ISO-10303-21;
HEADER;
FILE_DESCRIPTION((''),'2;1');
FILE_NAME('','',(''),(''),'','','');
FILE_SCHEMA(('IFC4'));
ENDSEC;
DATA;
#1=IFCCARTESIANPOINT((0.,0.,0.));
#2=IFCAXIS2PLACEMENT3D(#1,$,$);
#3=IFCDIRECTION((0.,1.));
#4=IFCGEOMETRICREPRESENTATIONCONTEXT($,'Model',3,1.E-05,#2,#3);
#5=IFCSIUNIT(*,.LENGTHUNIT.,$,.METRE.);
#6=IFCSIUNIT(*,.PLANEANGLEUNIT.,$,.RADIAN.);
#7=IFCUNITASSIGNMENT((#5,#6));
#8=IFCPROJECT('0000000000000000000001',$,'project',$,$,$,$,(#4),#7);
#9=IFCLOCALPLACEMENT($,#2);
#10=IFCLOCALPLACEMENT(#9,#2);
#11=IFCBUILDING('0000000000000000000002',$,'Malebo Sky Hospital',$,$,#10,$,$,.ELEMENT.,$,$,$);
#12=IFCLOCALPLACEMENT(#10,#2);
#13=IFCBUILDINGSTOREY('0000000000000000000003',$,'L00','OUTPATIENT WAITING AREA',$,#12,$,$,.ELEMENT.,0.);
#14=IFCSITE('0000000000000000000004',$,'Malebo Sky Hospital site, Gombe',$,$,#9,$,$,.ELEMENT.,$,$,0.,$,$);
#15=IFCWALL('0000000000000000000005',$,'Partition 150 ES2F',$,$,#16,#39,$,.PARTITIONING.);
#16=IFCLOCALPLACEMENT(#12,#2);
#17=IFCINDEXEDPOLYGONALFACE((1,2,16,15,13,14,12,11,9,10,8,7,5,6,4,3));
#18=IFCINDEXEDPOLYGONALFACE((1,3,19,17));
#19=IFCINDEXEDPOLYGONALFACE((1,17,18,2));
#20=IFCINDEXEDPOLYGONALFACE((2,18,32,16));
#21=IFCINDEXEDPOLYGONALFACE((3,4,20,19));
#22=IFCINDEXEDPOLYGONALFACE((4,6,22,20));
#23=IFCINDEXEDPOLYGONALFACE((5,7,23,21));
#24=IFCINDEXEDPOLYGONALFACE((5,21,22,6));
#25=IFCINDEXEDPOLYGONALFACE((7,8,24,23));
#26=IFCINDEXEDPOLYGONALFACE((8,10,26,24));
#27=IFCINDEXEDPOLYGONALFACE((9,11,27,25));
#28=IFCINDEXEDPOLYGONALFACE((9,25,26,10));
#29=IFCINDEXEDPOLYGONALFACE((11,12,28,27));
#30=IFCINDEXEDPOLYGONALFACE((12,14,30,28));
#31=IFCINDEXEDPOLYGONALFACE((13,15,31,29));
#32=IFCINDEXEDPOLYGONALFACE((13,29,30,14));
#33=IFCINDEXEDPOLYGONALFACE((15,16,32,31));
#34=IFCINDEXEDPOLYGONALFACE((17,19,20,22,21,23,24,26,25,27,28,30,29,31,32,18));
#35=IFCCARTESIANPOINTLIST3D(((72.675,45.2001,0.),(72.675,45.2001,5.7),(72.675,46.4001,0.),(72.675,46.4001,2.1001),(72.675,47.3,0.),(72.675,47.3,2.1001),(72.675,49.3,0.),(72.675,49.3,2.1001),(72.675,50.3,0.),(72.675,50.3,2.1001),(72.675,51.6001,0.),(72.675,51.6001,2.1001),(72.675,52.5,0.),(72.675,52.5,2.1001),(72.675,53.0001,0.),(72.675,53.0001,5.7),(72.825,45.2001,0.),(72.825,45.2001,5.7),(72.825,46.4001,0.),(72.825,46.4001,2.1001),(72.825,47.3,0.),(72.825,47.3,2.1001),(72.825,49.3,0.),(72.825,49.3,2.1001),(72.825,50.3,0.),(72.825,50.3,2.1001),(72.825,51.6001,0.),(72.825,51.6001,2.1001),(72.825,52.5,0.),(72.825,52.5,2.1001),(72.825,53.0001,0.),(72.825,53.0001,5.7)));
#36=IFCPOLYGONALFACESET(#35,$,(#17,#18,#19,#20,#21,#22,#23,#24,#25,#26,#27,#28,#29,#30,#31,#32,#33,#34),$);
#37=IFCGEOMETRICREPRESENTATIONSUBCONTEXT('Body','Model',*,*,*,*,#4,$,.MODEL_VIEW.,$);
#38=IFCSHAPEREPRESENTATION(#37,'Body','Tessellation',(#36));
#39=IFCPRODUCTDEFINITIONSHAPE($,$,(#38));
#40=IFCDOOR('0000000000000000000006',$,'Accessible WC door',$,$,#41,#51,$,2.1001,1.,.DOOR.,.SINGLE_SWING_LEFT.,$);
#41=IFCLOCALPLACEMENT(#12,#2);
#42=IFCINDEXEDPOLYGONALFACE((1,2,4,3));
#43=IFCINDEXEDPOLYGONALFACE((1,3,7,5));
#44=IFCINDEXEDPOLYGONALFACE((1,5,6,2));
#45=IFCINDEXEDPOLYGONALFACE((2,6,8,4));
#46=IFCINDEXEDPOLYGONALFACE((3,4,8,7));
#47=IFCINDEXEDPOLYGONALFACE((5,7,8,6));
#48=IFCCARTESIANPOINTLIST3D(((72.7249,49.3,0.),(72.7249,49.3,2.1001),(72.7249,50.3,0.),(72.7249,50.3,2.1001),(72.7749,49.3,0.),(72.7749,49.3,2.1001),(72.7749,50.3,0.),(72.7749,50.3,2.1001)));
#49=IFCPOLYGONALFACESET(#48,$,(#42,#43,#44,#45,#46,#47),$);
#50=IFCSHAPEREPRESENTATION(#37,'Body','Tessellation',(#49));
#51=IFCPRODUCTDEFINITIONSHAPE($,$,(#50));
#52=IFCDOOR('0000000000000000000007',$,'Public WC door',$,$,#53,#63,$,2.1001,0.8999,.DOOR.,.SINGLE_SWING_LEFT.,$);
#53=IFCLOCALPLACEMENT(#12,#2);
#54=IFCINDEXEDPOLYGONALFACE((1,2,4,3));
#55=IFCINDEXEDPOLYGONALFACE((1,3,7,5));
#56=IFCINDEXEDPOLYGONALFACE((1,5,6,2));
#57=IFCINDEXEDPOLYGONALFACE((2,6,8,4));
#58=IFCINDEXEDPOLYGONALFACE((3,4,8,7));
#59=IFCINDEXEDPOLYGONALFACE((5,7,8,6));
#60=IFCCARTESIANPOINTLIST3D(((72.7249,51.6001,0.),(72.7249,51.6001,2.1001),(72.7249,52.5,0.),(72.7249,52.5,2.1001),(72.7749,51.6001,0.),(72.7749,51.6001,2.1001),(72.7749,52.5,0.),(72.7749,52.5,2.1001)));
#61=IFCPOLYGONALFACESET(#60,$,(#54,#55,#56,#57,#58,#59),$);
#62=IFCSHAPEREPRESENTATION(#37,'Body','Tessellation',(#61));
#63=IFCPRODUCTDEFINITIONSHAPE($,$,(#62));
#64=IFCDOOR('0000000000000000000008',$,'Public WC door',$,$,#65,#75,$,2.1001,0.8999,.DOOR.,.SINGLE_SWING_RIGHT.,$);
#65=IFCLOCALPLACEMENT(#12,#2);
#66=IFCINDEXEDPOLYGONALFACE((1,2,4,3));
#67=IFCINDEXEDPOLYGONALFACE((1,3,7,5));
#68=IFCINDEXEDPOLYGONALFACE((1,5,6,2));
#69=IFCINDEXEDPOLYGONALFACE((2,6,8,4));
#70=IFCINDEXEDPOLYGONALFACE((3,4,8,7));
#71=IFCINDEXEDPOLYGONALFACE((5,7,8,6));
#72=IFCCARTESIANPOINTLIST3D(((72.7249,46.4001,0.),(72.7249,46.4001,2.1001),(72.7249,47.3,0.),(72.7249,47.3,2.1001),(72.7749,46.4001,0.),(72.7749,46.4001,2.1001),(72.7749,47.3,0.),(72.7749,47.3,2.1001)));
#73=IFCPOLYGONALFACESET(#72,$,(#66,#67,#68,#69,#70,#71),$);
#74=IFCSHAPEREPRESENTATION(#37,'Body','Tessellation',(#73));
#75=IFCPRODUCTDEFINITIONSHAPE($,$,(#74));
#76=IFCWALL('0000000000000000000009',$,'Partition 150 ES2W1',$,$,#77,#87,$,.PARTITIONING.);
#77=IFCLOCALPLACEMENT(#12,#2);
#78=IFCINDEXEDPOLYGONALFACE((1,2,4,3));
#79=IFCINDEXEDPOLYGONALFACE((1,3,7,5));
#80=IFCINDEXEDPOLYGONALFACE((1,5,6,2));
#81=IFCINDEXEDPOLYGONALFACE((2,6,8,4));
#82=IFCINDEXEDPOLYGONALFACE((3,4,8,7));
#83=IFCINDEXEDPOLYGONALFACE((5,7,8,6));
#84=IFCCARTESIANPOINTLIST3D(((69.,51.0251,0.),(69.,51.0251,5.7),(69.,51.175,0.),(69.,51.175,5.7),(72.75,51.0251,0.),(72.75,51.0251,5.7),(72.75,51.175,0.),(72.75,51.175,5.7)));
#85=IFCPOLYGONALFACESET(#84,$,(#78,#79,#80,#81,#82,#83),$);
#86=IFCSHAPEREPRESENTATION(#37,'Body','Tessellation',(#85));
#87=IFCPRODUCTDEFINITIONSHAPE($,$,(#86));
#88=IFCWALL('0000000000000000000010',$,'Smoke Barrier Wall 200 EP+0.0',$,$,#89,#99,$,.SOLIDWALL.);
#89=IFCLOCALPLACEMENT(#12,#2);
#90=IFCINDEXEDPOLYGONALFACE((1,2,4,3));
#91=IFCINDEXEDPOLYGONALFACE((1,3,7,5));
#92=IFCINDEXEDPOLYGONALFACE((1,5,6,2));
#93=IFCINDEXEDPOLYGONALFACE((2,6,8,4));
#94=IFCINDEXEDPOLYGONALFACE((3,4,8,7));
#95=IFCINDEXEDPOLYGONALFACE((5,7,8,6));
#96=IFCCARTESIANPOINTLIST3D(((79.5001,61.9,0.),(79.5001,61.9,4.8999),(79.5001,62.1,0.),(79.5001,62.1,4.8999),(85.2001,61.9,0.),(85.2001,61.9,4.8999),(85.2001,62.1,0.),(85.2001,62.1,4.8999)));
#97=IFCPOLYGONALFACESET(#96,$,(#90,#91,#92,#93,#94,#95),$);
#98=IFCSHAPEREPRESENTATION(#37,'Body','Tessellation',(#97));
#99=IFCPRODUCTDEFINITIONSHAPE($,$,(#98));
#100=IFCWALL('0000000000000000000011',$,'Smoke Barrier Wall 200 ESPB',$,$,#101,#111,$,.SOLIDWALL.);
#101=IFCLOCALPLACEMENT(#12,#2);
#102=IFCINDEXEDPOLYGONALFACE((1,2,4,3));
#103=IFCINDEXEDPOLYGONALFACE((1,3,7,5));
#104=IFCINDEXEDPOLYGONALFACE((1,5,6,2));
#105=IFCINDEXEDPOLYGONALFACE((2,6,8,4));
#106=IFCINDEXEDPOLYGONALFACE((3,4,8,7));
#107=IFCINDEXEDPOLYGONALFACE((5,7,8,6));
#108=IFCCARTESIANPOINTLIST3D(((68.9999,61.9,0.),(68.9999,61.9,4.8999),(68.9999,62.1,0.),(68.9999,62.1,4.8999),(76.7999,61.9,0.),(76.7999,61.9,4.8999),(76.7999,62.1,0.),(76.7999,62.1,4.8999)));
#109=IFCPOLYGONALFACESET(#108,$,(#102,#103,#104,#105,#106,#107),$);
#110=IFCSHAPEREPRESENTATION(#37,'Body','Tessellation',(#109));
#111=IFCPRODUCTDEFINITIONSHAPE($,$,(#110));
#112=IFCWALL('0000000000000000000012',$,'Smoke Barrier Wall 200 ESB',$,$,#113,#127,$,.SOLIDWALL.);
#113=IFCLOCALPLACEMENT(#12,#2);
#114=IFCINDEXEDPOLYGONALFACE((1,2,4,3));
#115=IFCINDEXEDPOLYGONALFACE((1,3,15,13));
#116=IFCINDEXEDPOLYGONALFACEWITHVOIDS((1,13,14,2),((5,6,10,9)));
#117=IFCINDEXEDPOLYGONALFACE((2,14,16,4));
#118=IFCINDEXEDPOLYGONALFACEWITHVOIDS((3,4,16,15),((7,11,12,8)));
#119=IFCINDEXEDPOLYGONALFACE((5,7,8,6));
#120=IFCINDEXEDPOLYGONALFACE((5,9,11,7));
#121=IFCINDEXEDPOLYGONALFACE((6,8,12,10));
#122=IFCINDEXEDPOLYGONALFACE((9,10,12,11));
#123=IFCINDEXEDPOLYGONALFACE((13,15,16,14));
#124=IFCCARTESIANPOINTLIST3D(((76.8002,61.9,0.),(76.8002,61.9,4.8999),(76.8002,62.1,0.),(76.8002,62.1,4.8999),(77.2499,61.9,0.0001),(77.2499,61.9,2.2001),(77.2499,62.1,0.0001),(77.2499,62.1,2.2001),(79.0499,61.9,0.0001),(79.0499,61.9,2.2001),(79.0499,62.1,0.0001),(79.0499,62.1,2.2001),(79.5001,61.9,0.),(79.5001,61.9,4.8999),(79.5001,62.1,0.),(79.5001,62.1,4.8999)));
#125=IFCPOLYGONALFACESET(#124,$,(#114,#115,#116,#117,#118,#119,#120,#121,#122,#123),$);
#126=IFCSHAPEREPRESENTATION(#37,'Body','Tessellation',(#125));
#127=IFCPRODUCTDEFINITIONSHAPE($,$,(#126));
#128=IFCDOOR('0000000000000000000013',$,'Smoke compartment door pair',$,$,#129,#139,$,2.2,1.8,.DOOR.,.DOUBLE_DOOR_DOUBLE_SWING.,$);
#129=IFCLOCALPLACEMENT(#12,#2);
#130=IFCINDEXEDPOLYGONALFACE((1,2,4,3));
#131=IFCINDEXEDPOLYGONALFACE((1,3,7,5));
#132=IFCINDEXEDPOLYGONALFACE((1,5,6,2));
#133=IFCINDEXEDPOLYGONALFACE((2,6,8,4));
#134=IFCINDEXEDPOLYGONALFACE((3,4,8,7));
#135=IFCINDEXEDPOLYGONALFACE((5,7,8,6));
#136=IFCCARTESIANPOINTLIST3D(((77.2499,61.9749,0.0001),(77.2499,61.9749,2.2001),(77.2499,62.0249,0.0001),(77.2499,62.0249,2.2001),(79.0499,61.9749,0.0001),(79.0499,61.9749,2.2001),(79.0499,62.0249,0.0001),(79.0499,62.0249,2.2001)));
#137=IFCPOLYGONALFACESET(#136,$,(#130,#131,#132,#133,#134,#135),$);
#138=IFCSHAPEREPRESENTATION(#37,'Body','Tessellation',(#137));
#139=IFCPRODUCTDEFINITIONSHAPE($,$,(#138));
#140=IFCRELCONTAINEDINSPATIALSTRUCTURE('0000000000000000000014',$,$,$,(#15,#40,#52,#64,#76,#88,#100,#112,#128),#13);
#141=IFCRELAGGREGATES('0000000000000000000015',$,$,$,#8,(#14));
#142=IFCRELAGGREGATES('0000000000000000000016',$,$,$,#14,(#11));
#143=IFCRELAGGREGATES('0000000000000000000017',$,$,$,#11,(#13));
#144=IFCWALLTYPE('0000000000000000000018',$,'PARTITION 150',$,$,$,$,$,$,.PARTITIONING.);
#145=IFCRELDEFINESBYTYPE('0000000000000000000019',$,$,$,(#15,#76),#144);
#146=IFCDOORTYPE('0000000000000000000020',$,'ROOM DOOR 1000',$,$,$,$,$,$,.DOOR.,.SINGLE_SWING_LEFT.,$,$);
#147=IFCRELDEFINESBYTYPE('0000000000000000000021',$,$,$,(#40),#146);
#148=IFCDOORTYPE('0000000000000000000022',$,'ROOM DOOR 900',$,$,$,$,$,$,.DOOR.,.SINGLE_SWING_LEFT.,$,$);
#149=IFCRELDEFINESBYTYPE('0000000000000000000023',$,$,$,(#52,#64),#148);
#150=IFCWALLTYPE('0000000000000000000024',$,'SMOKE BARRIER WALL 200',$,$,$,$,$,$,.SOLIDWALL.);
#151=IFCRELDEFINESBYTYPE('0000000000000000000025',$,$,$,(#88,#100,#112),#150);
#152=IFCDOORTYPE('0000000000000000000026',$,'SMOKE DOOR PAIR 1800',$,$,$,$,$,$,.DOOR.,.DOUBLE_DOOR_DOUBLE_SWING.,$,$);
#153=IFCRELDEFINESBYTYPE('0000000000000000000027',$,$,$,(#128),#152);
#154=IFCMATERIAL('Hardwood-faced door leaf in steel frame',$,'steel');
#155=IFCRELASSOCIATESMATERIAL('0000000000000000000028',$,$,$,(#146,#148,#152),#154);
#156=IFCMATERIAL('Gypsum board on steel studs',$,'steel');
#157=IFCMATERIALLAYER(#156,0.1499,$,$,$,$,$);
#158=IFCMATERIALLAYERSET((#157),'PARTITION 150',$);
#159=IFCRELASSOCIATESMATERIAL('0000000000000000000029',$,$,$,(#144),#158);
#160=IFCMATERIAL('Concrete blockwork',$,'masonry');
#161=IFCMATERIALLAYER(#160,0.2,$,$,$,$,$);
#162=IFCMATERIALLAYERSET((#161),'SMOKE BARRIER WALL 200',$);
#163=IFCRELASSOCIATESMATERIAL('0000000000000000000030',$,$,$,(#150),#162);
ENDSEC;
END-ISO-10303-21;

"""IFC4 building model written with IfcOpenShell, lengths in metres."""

from ifc_helpers import new_model, si_unit, direction, frame, frame_2d, origin, place, context, subcontext, project, spatial, rectangle, extrude, material, layer, layer_set, type_object, element, fill, save


model = new_model("IFC4")

# Units and contexts
model_context = context("Model", 3, precision=1e-05, world=origin(), true_north=direction((0.0, 1.0)))
body_context = subcontext(model_context, "Body", "Model", "MODEL_VIEW")
ifc_project = project(units=[si_unit("LENGTHUNIT", "METRE"), si_unit("PLANEANGLEUNIT", "RADIAN")], contexts=[model_context])

# Site, building, storey
site_placement = place(None, origin())
site = spatial("IfcSite", under=ifc_project, at=site_placement, Name="Malebo Sky Hospital site, Gombe", CompositionType="ELEMENT", RefElevation=0.0)
building_placement = place(site_placement, origin())
building = spatial("IfcBuilding", under=site, at=building_placement, Name="Malebo Sky Hospital", CompositionType="ELEMENT")
storey_placement = place(building_placement, origin())
storey = spatial("IfcBuildingStorey", under=building, at=storey_placement, Name="L00", Description="OUTPATIENT WAITING AREA", CompositionType="ELEMENT", Elevation=0.0)

# Shared definitions
ifc_material_1 = material(Name="Gypsum board on steel studs", Category="steel")
ifc_material_2 = material(Name="Hardwood-faced door leaf in steel frame", Category="steel")
door_type_1 = type_object("IfcDoorType", Name="ROOM DOOR 1000", OperationType="SINGLE_SWING_LEFT", PredefinedType="DOOR", material=ifc_material_2)
door_type_2 = type_object("IfcDoorType", Name="ROOM DOOR 900", OperationType="SINGLE_SWING_LEFT", PredefinedType="DOOR", material=ifc_material_2)

# Shared definitions
ifc_layer_1 = layer(ifc_material_1, 0.1499)
ifc_layer_set_1 = layer_set([ifc_layer_1], Name="PARTITION 150")
wall_type_1 = type_object("IfcWallType", Name="PARTITION 150", PredefinedType="PARTITIONING", material=ifc_layer_set_1)

# Wall, openings, doors
wall_1_placement = place(storey_placement, frame((72.75, 53.0, 0.0), z_axis=(0.0, 0.0, 1.0), x_axis=(0.0, -1.0, 0.0)))
wall_1 = element("IfcWall", 1, at=wall_1_placement, inside=storey, type_object=wall_type_1, Name="Partition 150 ES2F", PredefinedType="PARTITIONING", context=body_context, shape_type="SweptSolid", body=[
    extrude(rectangle(XDim=7.8, YDim=0.1499, at=frame_2d((3.8999, 0.0))), origin(), (0.0, 0.0, 1.0), 5.7),
])
opening_1_placement = place(wall_1_placement, frame((0.5, 0.0, 0.0)))
opening_1 = element("IfcOpeningElement", 2, at=opening_1_placement, cuts=wall_1, PredefinedType="OPENING", context=body_context, shape_type="SweptSolid", body=[
    extrude(rectangle(XDim=0.8999, YDim=2.1001, at=frame_2d((0.45, 1.05))), frame((0.0, 0.085, 0.0), z_axis=(0.0, -1.0, 0.0), x_axis=(1.0, 0.0, 0.0)), (0.0, 0.0, 1.0), 0.1699),
])
opening_2_placement = place(wall_1_placement, frame((2.7, 0.0, 0.0)))
opening_2 = element("IfcOpeningElement", 3, at=opening_2_placement, cuts=wall_1, PredefinedType="OPENING", context=body_context, shape_type="SweptSolid", body=[
    extrude(rectangle(XDim=1.0, YDim=2.1001, at=frame_2d((0.5, 1.05))), frame((0.0, 0.085, 0.0), z_axis=(0.0, -1.0, 0.0), x_axis=(1.0, 0.0, 0.0)), (0.0, 0.0, 1.0), 0.1699),
])
opening_3_placement = place(wall_1_placement, frame((5.7, 0.0, 0.0)))
opening_3 = element("IfcOpeningElement", 4, at=opening_3_placement, cuts=wall_1, PredefinedType="OPENING", context=body_context, shape_type="SweptSolid", body=[
    extrude(rectangle(XDim=0.8999, YDim=2.1001, at=frame_2d((0.45, 1.05))), frame((0.0, 0.085, 0.0), z_axis=(0.0, -1.0, 0.0), x_axis=(1.0, 0.0, 0.0)), (0.0, 0.0, 1.0), 0.1699),
])
door_1_placement = place(opening_2_placement, origin())
door_1 = element("IfcDoor", 5, at=door_1_placement, inside=storey, type_object=door_type_1, Name="Accessible WC door", OperationType="SINGLE_SWING_LEFT", OverallHeight=2.1001, OverallWidth=1.0, PredefinedType="DOOR", context=body_context, shape_type="SweptSolid", body=[
    extrude(rectangle(XDim=1.0, YDim=2.1001, at=frame_2d((0.5, 1.05))), frame((0.0, 0.0249, 0.0), z_axis=(0.0, -1.0, 0.0), x_axis=(1.0, 0.0, 0.0)), (0.0, 0.0, 1.0), 0.05),
])
fill(opening_2, door_1)
door_2_placement = place(opening_1_placement, origin())
door_2 = element("IfcDoor", 6, at=door_2_placement, inside=storey, type_object=door_type_2, Name="Public WC door", OperationType="SINGLE_SWING_LEFT", OverallHeight=2.1001, OverallWidth=0.8999, PredefinedType="DOOR", context=body_context, shape_type="SweptSolid", body=[
    extrude(rectangle(XDim=0.8999, YDim=2.1001, at=frame_2d((0.45, 1.05))), frame((0.0, 0.0249, 0.0), z_axis=(0.0, -1.0, 0.0), x_axis=(1.0, 0.0, 0.0)), (0.0, 0.0, 1.0), 0.05),
])
fill(opening_1, door_2)
door_3_placement = place(opening_3_placement, origin())
door_3 = element("IfcDoor", 7, at=door_3_placement, inside=storey, type_object=door_type_2, Name="Public WC door", OperationType="SINGLE_SWING_RIGHT", OverallHeight=2.1001, OverallWidth=0.8999, PredefinedType="DOOR", context=body_context, shape_type="SweptSolid", body=[
    extrude(rectangle(XDim=0.8999, YDim=2.1001, at=frame_2d((0.45, 1.05))), frame((0.0, 0.0249, 0.0), z_axis=(0.0, -1.0, 0.0), x_axis=(1.0, 0.0, 0.0)), (0.0, 0.0, 1.0), 0.05),
])
fill(opening_3, door_3)

# Walls
wall_2_placement = place(storey_placement, frame((69.0, 51.1001, 0.0), z_axis=(0.0, 0.0, 1.0), x_axis=(1.0, 0.0, 0.0)))
element("IfcWall", 8, at=wall_2_placement, inside=storey, type_object=wall_type_1, Name="Partition 150 ES2W1", PredefinedType="PARTITIONING", context=body_context, shape_type="SweptSolid", body=[
    extrude(rectangle(XDim=3.75, YDim=0.1499, at=frame_2d((1.875, 0.0))), origin(), (0.0, 0.0, 1.0), 5.7),
])
ifc_material_3 = material(Name="Concrete blockwork", Category="masonry")
ifc_layer_2 = layer(ifc_material_3, 0.2)
ifc_layer_set_2 = layer_set([ifc_layer_2], Name="SMOKE BARRIER WALL 200")
wall_type_2 = type_object("IfcWallType", Name="SMOKE BARRIER WALL 200", PredefinedType="SOLIDWALL", material=ifc_layer_set_2)
wall_3_placement = place(storey_placement, frame((79.5, 62.0, 0.0), z_axis=(0.0, 0.0, 1.0), x_axis=(1.0, 0.0, 0.0)))
element("IfcWall", 9, at=wall_3_placement, inside=storey, type_object=wall_type_2, Name="Smoke Barrier Wall 200 EP+0.0", PredefinedType="SOLIDWALL", context=body_context, shape_type="SweptSolid", body=[
    extrude(rectangle(XDim=5.7, YDim=0.2, at=frame_2d((2.8501, 0.0))), origin(), (0.0, 0.0, 1.0), 4.8999),
])
wall_4_placement = place(storey_placement, frame((69.0, 62.0, 0.0), z_axis=(0.0, 0.0, 1.0), x_axis=(1.0, 0.0, 0.0)))
element("IfcWall", 10, at=wall_4_placement, inside=storey, type_object=wall_type_2, Name="Smoke Barrier Wall 200 ESPB", PredefinedType="SOLIDWALL", context=body_context, shape_type="SweptSolid", body=[
    extrude(rectangle(XDim=7.8, YDim=0.2, at=frame_2d((3.8999, 0.0))), origin(), (0.0, 0.0, 1.0), 4.8999),
])

# Wall, opening, door
wall_5_placement = place(storey_placement, frame((76.8, 62.0, 0.0), z_axis=(0.0, 0.0, 1.0), x_axis=(1.0, 0.0, 0.0)))
wall_5 = element("IfcWall", 11, at=wall_5_placement, inside=storey, type_object=wall_type_2, Name="Smoke Barrier Wall 200 ESB", PredefinedType="SOLIDWALL", context=body_context, shape_type="SweptSolid", body=[
    extrude(rectangle(XDim=2.7, YDim=0.2, at=frame_2d((1.3501, 0.0))), origin(), (0.0, 0.0, 1.0), 4.8999),
])
opening_4_placement = place(wall_5_placement, frame((0.45, 0.0, 0.0)))
opening_4 = element("IfcOpeningElement", 12, at=opening_4_placement, cuts=wall_5, PredefinedType="OPENING", context=body_context, shape_type="SweptSolid", body=[
    extrude(rectangle(XDim=1.8, YDim=2.2, at=frame_2d((0.8999, 1.1001))), frame((0.0, 0.1099, 0.0), z_axis=(0.0, -1.0, 0.0), x_axis=(1.0, 0.0, 0.0)), (0.0, 0.0, 1.0), 0.22),
])
door_type_3 = type_object("IfcDoorType", Name="SMOKE DOOR PAIR 1800", OperationType="DOUBLE_DOOR_DOUBLE_SWING", PredefinedType="DOOR", material=ifc_material_2)
door_4_placement = place(opening_4_placement, origin())
door_4 = element("IfcDoor", 13, at=door_4_placement, inside=storey, type_object=door_type_3, Name="Smoke compartment door pair", OperationType="DOUBLE_DOOR_DOUBLE_SWING", OverallHeight=2.2, OverallWidth=1.8, PredefinedType="DOOR", context=body_context, shape_type="SweptSolid", body=[
    extrude(rectangle(XDim=1.8, YDim=2.2, at=frame_2d((0.8999, 1.1001))), frame((0.0, 0.0249, 0.0), z_axis=(0.0, -1.0, 0.0), x_axis=(1.0, 0.0, 0.0)), (0.0, 0.0, 1.0), 0.05),
])
fill(opening_4, door_4)

save(model, "model.ifc")
